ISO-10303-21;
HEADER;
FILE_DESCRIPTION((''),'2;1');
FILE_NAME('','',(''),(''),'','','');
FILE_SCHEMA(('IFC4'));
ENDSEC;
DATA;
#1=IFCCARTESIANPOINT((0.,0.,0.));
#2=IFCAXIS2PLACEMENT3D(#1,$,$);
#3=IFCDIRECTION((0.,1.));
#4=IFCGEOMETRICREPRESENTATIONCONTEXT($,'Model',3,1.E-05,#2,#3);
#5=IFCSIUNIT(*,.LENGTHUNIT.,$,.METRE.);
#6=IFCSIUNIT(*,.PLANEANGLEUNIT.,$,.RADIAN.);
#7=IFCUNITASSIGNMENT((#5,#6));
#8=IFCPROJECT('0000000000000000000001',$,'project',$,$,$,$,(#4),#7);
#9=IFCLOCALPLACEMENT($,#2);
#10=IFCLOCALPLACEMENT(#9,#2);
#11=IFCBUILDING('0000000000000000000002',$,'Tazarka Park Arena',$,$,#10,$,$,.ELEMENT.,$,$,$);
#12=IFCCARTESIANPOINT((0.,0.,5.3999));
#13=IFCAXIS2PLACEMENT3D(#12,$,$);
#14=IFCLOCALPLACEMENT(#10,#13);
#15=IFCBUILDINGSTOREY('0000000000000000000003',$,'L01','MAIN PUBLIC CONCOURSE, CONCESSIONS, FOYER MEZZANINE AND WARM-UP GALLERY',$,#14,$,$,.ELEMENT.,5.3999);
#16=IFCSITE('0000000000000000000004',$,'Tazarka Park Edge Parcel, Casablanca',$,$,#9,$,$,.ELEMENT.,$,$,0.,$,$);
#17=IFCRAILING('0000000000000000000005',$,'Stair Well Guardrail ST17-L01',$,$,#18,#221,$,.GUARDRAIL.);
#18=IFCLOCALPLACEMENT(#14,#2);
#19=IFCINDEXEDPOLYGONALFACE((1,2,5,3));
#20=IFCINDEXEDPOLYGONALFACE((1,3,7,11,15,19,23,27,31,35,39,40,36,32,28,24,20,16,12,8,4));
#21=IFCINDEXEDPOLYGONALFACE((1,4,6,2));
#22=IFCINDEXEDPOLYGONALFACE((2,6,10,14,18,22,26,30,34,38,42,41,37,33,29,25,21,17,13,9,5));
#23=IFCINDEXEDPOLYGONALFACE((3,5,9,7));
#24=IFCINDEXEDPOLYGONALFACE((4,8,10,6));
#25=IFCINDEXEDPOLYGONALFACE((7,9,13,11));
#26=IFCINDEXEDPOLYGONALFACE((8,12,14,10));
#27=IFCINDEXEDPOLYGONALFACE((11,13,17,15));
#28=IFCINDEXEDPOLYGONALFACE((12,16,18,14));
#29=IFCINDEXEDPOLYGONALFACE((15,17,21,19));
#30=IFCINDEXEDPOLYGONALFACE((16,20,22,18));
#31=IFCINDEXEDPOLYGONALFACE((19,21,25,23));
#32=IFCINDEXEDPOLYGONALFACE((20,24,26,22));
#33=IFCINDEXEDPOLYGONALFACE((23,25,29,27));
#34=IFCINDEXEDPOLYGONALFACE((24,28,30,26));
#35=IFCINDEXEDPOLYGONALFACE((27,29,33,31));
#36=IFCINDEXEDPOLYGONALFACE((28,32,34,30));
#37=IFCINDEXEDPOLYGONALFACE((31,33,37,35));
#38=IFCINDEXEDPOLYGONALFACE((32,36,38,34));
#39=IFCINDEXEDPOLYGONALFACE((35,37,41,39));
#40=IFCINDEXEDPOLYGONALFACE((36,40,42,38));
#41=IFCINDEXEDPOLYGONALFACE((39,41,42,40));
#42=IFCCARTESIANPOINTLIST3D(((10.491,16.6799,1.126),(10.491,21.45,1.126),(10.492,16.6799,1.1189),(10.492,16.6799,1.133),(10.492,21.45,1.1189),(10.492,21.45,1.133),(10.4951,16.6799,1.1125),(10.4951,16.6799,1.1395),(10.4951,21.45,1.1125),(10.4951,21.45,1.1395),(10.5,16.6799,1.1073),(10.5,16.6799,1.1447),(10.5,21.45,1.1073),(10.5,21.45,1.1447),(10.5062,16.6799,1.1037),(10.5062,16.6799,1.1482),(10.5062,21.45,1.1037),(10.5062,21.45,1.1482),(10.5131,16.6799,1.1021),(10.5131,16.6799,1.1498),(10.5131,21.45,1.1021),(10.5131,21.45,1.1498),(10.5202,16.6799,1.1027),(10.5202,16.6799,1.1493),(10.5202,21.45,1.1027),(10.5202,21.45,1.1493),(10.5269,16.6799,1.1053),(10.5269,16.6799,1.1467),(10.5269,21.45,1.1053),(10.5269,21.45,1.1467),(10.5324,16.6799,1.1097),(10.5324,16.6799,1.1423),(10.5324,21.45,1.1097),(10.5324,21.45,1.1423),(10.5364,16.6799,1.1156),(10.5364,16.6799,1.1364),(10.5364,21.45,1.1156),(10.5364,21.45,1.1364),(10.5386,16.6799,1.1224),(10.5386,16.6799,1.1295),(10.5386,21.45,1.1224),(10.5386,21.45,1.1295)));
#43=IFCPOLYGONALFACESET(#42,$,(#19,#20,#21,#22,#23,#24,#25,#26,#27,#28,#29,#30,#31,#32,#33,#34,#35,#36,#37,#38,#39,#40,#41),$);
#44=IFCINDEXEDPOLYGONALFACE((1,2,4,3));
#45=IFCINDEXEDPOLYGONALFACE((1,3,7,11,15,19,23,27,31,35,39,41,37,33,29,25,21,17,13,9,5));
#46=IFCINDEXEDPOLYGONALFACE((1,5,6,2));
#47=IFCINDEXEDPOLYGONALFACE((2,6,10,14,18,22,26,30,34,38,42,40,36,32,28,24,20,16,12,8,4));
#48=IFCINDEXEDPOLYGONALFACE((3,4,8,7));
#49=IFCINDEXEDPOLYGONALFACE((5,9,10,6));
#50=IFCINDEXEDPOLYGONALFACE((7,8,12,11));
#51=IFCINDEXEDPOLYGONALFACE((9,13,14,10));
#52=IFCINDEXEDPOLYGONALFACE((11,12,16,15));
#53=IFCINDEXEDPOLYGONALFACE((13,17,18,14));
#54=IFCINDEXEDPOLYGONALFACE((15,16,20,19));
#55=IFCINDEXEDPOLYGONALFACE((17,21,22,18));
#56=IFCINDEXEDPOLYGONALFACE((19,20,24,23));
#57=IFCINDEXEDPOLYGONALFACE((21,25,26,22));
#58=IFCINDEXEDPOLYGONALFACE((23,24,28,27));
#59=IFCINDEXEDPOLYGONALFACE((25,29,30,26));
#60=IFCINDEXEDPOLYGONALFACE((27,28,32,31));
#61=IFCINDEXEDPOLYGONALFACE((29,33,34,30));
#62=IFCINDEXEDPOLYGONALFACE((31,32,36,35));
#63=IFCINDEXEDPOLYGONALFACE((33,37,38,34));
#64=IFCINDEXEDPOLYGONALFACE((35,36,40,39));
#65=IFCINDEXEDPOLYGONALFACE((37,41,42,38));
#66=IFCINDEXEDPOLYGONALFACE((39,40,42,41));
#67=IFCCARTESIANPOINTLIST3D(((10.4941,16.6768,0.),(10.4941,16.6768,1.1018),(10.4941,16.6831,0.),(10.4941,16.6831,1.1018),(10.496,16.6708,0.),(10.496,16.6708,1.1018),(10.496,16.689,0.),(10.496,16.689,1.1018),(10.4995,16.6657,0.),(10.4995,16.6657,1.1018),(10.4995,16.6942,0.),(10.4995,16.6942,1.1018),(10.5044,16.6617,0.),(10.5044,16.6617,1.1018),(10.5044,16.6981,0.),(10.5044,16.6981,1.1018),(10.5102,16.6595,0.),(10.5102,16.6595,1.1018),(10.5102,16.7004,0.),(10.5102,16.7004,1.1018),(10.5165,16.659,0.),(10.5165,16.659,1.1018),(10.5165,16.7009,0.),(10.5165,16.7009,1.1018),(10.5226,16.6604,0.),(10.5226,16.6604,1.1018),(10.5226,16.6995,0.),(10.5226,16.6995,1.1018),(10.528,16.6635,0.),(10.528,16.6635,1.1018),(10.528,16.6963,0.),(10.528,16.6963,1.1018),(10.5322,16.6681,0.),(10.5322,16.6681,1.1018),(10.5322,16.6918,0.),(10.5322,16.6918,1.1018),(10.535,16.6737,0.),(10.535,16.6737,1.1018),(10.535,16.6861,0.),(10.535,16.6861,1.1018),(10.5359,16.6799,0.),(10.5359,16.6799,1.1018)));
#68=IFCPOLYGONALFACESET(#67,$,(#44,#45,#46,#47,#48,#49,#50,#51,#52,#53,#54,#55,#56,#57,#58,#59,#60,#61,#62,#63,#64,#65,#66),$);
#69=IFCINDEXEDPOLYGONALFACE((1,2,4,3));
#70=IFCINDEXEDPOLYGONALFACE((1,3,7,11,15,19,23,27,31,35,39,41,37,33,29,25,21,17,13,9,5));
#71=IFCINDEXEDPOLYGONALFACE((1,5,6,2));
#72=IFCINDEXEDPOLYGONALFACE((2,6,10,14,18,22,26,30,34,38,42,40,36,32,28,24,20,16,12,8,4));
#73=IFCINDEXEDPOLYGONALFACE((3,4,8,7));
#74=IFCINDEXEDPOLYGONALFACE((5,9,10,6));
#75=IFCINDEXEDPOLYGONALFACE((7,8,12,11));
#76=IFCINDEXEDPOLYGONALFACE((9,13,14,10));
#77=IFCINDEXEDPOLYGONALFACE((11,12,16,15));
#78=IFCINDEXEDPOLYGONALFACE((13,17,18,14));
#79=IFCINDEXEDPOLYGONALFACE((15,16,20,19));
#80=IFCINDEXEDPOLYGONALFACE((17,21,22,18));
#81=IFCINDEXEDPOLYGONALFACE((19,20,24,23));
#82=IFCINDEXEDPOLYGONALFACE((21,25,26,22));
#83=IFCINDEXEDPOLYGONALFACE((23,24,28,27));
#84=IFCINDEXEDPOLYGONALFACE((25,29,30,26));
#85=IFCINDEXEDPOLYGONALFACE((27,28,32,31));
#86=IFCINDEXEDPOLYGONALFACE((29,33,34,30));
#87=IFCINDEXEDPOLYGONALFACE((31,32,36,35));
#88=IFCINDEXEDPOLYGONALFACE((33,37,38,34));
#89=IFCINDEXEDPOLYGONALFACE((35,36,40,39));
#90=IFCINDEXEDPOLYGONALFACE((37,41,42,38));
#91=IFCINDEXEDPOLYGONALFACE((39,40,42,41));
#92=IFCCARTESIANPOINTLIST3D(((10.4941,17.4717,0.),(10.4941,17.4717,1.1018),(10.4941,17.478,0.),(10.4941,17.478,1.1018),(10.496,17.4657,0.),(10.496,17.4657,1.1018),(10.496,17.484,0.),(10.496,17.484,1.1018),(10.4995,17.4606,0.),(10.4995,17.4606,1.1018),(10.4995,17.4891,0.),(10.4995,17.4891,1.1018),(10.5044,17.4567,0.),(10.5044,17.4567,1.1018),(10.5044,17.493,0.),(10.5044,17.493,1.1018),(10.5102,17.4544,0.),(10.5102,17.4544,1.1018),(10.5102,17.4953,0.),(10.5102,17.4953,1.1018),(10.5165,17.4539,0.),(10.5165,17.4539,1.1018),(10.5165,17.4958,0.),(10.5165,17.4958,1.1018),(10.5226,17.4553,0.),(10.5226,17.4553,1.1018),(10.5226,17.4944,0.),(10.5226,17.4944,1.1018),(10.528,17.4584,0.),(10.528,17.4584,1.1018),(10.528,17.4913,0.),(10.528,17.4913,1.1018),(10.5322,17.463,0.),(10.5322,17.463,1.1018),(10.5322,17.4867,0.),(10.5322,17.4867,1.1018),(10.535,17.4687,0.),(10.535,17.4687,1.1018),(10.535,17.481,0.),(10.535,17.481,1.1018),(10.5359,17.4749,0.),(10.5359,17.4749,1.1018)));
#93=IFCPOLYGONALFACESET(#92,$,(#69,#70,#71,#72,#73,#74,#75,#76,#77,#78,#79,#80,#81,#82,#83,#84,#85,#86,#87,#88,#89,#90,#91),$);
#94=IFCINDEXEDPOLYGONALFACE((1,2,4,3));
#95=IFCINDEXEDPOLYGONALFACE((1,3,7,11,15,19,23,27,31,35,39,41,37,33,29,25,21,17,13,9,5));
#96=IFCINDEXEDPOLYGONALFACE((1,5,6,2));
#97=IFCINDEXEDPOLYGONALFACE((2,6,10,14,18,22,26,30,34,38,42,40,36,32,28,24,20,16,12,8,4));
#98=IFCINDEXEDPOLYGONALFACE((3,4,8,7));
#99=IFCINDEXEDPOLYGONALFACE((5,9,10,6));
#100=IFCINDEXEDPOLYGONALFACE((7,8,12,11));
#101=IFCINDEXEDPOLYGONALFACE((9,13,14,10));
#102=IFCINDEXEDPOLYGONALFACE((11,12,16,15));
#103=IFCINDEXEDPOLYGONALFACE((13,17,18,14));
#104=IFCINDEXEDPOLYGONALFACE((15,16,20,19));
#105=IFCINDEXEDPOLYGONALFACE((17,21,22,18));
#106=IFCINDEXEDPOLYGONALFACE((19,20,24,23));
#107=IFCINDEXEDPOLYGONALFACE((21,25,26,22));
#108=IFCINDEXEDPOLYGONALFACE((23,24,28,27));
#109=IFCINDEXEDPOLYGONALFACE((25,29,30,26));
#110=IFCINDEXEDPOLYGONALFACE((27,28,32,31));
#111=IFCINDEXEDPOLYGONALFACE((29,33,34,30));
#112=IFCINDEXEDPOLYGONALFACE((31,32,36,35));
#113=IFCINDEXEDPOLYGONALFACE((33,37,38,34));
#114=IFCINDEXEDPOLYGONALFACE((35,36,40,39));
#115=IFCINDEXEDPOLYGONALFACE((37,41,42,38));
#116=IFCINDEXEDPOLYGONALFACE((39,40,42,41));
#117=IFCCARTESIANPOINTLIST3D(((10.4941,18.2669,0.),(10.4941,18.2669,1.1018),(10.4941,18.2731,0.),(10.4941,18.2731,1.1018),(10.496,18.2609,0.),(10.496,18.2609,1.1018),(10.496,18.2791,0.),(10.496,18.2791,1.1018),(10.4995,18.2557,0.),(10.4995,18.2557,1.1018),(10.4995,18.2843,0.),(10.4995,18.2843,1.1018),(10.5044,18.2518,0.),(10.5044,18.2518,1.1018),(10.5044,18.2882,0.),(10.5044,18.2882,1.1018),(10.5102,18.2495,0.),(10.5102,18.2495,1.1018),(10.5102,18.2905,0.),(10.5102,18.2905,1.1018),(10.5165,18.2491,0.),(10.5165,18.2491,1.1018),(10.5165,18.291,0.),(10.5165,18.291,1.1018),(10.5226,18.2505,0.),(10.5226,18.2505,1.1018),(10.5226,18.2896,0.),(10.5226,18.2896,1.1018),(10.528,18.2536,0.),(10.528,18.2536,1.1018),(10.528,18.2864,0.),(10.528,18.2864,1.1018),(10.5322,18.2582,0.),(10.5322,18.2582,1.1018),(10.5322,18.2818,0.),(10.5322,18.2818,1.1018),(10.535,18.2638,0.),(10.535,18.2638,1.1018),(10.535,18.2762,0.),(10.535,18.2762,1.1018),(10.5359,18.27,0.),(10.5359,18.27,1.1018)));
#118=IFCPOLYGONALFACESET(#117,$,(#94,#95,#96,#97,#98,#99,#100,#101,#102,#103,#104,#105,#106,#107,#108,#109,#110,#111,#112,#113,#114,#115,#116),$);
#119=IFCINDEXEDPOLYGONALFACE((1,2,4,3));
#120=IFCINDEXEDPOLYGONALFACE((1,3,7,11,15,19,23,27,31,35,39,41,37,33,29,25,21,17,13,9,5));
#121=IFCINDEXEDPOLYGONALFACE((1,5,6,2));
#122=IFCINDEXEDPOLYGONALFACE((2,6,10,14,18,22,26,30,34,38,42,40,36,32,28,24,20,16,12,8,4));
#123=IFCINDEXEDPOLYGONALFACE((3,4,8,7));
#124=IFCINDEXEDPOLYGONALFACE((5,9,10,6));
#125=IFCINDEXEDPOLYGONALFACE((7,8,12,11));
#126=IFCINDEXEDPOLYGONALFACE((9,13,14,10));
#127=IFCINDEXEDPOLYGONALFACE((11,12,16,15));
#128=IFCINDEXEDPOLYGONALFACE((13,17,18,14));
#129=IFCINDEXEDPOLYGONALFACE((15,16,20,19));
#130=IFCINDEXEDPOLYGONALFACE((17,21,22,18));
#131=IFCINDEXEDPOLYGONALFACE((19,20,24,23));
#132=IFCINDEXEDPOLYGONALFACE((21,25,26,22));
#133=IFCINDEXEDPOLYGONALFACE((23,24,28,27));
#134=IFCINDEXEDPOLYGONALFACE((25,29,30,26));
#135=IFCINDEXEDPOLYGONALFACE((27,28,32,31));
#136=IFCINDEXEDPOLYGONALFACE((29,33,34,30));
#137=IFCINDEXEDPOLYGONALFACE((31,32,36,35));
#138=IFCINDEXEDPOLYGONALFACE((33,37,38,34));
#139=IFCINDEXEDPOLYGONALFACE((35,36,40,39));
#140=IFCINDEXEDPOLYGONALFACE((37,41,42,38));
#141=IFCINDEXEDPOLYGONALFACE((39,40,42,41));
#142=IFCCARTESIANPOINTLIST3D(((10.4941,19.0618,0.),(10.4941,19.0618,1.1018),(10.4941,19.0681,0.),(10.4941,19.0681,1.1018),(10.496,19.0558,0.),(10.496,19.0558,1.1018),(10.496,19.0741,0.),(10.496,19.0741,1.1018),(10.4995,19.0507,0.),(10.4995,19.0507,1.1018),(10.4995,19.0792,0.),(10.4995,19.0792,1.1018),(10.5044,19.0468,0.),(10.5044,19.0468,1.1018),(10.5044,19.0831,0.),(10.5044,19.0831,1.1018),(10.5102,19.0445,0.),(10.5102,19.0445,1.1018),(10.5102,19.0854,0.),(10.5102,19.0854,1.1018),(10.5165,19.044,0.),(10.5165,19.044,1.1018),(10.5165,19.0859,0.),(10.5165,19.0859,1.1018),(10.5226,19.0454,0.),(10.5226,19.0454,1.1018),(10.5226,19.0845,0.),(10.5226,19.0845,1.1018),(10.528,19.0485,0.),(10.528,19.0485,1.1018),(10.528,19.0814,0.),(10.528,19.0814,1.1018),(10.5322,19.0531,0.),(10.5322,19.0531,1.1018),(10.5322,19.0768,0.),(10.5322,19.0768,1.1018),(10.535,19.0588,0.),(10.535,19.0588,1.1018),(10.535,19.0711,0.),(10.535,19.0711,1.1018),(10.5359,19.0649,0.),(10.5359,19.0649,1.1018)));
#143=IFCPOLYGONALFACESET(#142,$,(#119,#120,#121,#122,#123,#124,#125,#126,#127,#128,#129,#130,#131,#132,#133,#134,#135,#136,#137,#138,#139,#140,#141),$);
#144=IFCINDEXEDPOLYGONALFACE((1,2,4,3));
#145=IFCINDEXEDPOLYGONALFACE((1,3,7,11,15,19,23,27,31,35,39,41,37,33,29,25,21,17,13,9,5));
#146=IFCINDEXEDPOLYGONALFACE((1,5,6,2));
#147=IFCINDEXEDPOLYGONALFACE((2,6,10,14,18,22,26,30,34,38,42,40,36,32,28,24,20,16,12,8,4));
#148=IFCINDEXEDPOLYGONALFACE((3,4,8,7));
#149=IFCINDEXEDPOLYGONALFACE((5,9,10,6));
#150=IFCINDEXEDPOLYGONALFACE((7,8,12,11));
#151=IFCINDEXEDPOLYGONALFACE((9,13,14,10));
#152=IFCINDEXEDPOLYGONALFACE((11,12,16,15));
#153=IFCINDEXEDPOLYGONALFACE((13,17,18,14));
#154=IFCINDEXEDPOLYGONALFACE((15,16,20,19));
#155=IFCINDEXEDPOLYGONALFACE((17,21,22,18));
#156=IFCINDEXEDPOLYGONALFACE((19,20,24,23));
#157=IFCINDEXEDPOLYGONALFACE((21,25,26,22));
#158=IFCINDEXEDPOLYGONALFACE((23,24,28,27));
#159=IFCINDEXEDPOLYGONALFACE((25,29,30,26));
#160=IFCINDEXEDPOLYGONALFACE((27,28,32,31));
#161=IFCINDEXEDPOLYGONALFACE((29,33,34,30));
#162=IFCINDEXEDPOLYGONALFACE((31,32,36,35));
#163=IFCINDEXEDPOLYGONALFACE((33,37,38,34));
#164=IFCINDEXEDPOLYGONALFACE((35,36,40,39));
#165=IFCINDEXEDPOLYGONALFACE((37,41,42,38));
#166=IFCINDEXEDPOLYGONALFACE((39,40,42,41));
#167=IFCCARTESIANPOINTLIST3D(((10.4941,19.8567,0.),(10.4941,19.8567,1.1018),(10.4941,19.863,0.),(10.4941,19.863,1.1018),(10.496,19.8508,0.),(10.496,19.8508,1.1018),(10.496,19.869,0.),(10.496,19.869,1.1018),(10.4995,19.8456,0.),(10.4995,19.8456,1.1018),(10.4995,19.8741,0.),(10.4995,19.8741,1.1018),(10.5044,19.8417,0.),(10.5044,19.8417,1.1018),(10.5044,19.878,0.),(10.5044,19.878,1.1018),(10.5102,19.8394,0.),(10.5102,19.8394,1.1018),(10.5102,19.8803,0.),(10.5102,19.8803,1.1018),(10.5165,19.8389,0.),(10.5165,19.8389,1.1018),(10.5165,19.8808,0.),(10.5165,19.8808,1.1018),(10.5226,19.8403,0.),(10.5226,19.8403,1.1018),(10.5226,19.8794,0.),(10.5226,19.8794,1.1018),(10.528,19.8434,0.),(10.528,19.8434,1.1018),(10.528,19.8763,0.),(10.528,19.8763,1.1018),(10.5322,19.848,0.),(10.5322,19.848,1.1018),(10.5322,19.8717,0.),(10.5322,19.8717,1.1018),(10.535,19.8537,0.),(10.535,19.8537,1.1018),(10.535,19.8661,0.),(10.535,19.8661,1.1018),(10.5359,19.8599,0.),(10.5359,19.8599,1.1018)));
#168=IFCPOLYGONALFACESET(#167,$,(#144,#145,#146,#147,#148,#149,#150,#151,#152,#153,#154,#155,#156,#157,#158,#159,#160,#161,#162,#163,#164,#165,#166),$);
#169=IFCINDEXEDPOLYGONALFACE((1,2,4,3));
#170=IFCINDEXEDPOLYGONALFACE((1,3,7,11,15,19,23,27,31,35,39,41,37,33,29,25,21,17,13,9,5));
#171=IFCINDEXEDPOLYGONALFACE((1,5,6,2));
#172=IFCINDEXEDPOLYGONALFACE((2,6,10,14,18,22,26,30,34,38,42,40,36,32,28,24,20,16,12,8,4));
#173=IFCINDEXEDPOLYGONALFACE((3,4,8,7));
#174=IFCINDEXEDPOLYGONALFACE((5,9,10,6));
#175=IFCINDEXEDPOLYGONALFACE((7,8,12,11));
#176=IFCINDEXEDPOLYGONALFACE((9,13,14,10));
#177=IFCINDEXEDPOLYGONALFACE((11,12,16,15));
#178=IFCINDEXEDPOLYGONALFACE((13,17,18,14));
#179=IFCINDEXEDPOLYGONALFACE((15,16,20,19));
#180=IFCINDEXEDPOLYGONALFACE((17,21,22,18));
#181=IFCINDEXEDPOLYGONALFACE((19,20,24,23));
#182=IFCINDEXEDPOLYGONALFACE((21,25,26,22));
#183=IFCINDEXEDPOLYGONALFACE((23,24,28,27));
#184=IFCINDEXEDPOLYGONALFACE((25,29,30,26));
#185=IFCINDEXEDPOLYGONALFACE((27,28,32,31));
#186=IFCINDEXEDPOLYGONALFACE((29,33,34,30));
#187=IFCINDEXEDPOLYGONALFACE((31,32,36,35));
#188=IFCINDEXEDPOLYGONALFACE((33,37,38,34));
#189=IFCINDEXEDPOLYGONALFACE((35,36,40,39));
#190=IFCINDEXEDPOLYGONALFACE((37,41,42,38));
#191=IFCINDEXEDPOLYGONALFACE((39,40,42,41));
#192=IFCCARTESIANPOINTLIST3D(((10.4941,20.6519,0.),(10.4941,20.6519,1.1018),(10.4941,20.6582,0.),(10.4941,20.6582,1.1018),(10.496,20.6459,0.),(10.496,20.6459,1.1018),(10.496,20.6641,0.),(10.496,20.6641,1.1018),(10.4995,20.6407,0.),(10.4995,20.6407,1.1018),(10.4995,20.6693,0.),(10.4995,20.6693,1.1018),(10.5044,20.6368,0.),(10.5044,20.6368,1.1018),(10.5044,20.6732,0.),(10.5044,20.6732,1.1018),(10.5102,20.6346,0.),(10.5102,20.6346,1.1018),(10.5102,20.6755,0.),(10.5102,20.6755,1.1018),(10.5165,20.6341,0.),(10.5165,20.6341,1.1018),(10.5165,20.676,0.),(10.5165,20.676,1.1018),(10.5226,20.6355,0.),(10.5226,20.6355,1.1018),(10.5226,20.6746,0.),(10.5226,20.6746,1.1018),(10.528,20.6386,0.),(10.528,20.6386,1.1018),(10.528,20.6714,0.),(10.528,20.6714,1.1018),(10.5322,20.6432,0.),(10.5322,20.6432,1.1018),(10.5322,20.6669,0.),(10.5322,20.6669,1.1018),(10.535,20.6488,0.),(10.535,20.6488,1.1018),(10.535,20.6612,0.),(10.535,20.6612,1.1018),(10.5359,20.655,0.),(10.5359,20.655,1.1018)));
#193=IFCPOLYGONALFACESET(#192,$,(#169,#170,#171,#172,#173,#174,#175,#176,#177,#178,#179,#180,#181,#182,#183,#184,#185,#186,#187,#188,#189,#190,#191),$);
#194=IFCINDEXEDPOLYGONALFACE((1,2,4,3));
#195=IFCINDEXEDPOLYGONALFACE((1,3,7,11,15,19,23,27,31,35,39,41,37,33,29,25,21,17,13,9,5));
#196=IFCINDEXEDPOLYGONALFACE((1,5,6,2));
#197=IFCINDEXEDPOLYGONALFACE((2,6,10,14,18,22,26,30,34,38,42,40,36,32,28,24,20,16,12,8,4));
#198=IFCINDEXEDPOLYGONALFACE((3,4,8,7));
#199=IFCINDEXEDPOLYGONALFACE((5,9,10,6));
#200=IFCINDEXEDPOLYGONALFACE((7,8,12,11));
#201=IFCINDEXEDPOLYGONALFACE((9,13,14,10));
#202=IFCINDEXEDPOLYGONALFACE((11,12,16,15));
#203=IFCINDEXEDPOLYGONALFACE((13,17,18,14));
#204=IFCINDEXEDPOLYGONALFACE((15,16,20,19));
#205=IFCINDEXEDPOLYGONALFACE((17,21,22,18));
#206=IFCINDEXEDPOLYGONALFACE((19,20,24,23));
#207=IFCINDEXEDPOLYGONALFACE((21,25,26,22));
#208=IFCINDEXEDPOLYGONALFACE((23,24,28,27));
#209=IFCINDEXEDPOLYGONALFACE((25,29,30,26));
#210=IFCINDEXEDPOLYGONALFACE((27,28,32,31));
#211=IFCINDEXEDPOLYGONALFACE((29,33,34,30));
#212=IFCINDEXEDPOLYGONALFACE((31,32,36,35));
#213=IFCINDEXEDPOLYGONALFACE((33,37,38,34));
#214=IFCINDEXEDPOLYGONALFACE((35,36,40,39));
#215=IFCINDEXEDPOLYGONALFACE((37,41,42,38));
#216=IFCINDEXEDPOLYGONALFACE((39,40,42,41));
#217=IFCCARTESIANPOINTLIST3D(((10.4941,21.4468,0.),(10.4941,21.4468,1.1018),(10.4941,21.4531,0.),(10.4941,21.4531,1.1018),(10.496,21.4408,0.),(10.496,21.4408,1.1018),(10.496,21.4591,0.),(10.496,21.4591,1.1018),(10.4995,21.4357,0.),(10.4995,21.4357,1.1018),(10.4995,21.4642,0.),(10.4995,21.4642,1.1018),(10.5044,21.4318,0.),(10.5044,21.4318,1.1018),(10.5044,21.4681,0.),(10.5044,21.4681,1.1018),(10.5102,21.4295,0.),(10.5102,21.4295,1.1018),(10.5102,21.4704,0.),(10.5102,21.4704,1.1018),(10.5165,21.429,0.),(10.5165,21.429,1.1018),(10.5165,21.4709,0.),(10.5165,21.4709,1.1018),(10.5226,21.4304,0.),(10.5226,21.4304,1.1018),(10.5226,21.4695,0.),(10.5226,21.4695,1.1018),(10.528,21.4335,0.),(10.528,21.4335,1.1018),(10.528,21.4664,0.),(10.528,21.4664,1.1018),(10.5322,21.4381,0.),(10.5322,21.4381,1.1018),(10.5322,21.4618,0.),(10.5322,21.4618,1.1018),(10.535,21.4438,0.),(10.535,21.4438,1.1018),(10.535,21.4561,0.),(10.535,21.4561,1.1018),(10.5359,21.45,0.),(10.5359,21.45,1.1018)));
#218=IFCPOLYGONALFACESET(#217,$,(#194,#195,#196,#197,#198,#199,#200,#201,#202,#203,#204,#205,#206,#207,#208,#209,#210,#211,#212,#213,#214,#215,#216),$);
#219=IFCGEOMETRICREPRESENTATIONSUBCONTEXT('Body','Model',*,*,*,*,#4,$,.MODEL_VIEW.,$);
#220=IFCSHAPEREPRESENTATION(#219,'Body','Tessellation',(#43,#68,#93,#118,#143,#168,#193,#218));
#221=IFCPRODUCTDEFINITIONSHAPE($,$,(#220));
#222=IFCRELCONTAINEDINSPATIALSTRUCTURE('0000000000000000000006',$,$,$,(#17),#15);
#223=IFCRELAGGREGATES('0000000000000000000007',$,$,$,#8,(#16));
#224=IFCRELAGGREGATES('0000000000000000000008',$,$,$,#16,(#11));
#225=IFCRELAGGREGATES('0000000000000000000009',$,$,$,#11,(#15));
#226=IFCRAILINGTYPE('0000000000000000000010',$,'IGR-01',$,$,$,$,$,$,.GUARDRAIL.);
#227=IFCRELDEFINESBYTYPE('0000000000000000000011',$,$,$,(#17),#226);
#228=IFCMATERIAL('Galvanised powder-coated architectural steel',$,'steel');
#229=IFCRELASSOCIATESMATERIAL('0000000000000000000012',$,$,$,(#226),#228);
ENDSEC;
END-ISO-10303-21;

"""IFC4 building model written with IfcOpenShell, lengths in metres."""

from ifc_helpers import new_model, si_unit, direction, frame, origin, origin_2d, place, context, subcontext, project, spatial, circle, extrude, material, type_object, element, save


model = new_model("IFC4")

# Units and contexts
model_context = context("Model", 3, precision=1e-05, world=origin(), true_north=direction((0.0, 1.0)))
body_context = subcontext(model_context, "Body", "Model", "MODEL_VIEW")
ifc_project = project(units=[si_unit("LENGTHUNIT", "METRE"), si_unit("PLANEANGLEUNIT", "RADIAN")], contexts=[model_context])

# Site, building, storey
site_placement = place(None, origin())
site = spatial("IfcSite", under=ifc_project, at=site_placement, Name="Tazarka Park Edge Parcel, Casablanca", CompositionType="ELEMENT", RefElevation=0.0)
building_placement = place(site_placement, origin())
building = spatial("IfcBuilding", under=site, at=building_placement, Name="Tazarka Park Arena", CompositionType="ELEMENT")
storey_placement = place(building_placement, frame((0.0, 0.0, 5.3999)))
storey = spatial("IfcBuildingStorey", under=building, at=storey_placement, Name="L01", Description="MAIN PUBLIC CONCOURSE, CONCESSIONS, FOYER MEZZANINE AND WARM-UP GALLERY", CompositionType="ELEMENT", Elevation=5.3999)

# Railing
ifc_material_1 = material(Name="Galvanised powder-coated architectural steel", Category="steel")
railing_type = type_object("IfcRailingType", Name="IGR-01", PredefinedType="GUARDRAIL", material=ifc_material_1)
railing_1_placement = place(storey_placement, frame((10.5149, 16.6799, 0.0)))
element("IfcRailing", 1, at=railing_1_placement, inside=storey, type_object=railing_type, Name="Stair Well Guardrail ST17-L01", PredefinedType="GUARDRAIL", context=body_context, shape_type="SweptSolid", body=[
    extrude(circle(Radius=0.0239, at=origin_2d()), frame((0.0, 0.0, 1.126), z_axis=(0.0, 1.0, 0.0), x_axis=(-1.0, 0.0, 0.0)), (0.0, 0.0, 1.0), 4.77),
    extrude(circle(Radius=0.021, at=origin_2d()), origin(), (0.0, 0.0, 1.0), 1.1018),
    extrude(circle(Radius=0.021, at=origin_2d()), frame((0.0, 0.7949, 0.0)), (0.0, 0.0, 1.0), 1.1018),
    extrude(circle(Radius=0.021, at=origin_2d()), frame((0.0, 1.5901, 0.0)), (0.0, 0.0, 1.0), 1.1018),
    extrude(circle(Radius=0.021, at=origin_2d()), frame((0.0, 2.385, 0.0)), (0.0, 0.0, 1.0), 1.1018),
    extrude(circle(Radius=0.021, at=origin_2d()), frame((0.0, 3.1799, 0.0)), (0.0, 0.0, 1.0), 1.1018),
    extrude(circle(Radius=0.021, at=origin_2d()), frame((0.0, 3.9751, 0.0)), (0.0, 0.0, 1.0), 1.1018),
    extrude(circle(Radius=0.021, at=origin_2d()), frame((0.0, 4.77, 0.0)), (0.0, 0.0, 1.0), 1.1018),
])

save(model, "model.ifc")
